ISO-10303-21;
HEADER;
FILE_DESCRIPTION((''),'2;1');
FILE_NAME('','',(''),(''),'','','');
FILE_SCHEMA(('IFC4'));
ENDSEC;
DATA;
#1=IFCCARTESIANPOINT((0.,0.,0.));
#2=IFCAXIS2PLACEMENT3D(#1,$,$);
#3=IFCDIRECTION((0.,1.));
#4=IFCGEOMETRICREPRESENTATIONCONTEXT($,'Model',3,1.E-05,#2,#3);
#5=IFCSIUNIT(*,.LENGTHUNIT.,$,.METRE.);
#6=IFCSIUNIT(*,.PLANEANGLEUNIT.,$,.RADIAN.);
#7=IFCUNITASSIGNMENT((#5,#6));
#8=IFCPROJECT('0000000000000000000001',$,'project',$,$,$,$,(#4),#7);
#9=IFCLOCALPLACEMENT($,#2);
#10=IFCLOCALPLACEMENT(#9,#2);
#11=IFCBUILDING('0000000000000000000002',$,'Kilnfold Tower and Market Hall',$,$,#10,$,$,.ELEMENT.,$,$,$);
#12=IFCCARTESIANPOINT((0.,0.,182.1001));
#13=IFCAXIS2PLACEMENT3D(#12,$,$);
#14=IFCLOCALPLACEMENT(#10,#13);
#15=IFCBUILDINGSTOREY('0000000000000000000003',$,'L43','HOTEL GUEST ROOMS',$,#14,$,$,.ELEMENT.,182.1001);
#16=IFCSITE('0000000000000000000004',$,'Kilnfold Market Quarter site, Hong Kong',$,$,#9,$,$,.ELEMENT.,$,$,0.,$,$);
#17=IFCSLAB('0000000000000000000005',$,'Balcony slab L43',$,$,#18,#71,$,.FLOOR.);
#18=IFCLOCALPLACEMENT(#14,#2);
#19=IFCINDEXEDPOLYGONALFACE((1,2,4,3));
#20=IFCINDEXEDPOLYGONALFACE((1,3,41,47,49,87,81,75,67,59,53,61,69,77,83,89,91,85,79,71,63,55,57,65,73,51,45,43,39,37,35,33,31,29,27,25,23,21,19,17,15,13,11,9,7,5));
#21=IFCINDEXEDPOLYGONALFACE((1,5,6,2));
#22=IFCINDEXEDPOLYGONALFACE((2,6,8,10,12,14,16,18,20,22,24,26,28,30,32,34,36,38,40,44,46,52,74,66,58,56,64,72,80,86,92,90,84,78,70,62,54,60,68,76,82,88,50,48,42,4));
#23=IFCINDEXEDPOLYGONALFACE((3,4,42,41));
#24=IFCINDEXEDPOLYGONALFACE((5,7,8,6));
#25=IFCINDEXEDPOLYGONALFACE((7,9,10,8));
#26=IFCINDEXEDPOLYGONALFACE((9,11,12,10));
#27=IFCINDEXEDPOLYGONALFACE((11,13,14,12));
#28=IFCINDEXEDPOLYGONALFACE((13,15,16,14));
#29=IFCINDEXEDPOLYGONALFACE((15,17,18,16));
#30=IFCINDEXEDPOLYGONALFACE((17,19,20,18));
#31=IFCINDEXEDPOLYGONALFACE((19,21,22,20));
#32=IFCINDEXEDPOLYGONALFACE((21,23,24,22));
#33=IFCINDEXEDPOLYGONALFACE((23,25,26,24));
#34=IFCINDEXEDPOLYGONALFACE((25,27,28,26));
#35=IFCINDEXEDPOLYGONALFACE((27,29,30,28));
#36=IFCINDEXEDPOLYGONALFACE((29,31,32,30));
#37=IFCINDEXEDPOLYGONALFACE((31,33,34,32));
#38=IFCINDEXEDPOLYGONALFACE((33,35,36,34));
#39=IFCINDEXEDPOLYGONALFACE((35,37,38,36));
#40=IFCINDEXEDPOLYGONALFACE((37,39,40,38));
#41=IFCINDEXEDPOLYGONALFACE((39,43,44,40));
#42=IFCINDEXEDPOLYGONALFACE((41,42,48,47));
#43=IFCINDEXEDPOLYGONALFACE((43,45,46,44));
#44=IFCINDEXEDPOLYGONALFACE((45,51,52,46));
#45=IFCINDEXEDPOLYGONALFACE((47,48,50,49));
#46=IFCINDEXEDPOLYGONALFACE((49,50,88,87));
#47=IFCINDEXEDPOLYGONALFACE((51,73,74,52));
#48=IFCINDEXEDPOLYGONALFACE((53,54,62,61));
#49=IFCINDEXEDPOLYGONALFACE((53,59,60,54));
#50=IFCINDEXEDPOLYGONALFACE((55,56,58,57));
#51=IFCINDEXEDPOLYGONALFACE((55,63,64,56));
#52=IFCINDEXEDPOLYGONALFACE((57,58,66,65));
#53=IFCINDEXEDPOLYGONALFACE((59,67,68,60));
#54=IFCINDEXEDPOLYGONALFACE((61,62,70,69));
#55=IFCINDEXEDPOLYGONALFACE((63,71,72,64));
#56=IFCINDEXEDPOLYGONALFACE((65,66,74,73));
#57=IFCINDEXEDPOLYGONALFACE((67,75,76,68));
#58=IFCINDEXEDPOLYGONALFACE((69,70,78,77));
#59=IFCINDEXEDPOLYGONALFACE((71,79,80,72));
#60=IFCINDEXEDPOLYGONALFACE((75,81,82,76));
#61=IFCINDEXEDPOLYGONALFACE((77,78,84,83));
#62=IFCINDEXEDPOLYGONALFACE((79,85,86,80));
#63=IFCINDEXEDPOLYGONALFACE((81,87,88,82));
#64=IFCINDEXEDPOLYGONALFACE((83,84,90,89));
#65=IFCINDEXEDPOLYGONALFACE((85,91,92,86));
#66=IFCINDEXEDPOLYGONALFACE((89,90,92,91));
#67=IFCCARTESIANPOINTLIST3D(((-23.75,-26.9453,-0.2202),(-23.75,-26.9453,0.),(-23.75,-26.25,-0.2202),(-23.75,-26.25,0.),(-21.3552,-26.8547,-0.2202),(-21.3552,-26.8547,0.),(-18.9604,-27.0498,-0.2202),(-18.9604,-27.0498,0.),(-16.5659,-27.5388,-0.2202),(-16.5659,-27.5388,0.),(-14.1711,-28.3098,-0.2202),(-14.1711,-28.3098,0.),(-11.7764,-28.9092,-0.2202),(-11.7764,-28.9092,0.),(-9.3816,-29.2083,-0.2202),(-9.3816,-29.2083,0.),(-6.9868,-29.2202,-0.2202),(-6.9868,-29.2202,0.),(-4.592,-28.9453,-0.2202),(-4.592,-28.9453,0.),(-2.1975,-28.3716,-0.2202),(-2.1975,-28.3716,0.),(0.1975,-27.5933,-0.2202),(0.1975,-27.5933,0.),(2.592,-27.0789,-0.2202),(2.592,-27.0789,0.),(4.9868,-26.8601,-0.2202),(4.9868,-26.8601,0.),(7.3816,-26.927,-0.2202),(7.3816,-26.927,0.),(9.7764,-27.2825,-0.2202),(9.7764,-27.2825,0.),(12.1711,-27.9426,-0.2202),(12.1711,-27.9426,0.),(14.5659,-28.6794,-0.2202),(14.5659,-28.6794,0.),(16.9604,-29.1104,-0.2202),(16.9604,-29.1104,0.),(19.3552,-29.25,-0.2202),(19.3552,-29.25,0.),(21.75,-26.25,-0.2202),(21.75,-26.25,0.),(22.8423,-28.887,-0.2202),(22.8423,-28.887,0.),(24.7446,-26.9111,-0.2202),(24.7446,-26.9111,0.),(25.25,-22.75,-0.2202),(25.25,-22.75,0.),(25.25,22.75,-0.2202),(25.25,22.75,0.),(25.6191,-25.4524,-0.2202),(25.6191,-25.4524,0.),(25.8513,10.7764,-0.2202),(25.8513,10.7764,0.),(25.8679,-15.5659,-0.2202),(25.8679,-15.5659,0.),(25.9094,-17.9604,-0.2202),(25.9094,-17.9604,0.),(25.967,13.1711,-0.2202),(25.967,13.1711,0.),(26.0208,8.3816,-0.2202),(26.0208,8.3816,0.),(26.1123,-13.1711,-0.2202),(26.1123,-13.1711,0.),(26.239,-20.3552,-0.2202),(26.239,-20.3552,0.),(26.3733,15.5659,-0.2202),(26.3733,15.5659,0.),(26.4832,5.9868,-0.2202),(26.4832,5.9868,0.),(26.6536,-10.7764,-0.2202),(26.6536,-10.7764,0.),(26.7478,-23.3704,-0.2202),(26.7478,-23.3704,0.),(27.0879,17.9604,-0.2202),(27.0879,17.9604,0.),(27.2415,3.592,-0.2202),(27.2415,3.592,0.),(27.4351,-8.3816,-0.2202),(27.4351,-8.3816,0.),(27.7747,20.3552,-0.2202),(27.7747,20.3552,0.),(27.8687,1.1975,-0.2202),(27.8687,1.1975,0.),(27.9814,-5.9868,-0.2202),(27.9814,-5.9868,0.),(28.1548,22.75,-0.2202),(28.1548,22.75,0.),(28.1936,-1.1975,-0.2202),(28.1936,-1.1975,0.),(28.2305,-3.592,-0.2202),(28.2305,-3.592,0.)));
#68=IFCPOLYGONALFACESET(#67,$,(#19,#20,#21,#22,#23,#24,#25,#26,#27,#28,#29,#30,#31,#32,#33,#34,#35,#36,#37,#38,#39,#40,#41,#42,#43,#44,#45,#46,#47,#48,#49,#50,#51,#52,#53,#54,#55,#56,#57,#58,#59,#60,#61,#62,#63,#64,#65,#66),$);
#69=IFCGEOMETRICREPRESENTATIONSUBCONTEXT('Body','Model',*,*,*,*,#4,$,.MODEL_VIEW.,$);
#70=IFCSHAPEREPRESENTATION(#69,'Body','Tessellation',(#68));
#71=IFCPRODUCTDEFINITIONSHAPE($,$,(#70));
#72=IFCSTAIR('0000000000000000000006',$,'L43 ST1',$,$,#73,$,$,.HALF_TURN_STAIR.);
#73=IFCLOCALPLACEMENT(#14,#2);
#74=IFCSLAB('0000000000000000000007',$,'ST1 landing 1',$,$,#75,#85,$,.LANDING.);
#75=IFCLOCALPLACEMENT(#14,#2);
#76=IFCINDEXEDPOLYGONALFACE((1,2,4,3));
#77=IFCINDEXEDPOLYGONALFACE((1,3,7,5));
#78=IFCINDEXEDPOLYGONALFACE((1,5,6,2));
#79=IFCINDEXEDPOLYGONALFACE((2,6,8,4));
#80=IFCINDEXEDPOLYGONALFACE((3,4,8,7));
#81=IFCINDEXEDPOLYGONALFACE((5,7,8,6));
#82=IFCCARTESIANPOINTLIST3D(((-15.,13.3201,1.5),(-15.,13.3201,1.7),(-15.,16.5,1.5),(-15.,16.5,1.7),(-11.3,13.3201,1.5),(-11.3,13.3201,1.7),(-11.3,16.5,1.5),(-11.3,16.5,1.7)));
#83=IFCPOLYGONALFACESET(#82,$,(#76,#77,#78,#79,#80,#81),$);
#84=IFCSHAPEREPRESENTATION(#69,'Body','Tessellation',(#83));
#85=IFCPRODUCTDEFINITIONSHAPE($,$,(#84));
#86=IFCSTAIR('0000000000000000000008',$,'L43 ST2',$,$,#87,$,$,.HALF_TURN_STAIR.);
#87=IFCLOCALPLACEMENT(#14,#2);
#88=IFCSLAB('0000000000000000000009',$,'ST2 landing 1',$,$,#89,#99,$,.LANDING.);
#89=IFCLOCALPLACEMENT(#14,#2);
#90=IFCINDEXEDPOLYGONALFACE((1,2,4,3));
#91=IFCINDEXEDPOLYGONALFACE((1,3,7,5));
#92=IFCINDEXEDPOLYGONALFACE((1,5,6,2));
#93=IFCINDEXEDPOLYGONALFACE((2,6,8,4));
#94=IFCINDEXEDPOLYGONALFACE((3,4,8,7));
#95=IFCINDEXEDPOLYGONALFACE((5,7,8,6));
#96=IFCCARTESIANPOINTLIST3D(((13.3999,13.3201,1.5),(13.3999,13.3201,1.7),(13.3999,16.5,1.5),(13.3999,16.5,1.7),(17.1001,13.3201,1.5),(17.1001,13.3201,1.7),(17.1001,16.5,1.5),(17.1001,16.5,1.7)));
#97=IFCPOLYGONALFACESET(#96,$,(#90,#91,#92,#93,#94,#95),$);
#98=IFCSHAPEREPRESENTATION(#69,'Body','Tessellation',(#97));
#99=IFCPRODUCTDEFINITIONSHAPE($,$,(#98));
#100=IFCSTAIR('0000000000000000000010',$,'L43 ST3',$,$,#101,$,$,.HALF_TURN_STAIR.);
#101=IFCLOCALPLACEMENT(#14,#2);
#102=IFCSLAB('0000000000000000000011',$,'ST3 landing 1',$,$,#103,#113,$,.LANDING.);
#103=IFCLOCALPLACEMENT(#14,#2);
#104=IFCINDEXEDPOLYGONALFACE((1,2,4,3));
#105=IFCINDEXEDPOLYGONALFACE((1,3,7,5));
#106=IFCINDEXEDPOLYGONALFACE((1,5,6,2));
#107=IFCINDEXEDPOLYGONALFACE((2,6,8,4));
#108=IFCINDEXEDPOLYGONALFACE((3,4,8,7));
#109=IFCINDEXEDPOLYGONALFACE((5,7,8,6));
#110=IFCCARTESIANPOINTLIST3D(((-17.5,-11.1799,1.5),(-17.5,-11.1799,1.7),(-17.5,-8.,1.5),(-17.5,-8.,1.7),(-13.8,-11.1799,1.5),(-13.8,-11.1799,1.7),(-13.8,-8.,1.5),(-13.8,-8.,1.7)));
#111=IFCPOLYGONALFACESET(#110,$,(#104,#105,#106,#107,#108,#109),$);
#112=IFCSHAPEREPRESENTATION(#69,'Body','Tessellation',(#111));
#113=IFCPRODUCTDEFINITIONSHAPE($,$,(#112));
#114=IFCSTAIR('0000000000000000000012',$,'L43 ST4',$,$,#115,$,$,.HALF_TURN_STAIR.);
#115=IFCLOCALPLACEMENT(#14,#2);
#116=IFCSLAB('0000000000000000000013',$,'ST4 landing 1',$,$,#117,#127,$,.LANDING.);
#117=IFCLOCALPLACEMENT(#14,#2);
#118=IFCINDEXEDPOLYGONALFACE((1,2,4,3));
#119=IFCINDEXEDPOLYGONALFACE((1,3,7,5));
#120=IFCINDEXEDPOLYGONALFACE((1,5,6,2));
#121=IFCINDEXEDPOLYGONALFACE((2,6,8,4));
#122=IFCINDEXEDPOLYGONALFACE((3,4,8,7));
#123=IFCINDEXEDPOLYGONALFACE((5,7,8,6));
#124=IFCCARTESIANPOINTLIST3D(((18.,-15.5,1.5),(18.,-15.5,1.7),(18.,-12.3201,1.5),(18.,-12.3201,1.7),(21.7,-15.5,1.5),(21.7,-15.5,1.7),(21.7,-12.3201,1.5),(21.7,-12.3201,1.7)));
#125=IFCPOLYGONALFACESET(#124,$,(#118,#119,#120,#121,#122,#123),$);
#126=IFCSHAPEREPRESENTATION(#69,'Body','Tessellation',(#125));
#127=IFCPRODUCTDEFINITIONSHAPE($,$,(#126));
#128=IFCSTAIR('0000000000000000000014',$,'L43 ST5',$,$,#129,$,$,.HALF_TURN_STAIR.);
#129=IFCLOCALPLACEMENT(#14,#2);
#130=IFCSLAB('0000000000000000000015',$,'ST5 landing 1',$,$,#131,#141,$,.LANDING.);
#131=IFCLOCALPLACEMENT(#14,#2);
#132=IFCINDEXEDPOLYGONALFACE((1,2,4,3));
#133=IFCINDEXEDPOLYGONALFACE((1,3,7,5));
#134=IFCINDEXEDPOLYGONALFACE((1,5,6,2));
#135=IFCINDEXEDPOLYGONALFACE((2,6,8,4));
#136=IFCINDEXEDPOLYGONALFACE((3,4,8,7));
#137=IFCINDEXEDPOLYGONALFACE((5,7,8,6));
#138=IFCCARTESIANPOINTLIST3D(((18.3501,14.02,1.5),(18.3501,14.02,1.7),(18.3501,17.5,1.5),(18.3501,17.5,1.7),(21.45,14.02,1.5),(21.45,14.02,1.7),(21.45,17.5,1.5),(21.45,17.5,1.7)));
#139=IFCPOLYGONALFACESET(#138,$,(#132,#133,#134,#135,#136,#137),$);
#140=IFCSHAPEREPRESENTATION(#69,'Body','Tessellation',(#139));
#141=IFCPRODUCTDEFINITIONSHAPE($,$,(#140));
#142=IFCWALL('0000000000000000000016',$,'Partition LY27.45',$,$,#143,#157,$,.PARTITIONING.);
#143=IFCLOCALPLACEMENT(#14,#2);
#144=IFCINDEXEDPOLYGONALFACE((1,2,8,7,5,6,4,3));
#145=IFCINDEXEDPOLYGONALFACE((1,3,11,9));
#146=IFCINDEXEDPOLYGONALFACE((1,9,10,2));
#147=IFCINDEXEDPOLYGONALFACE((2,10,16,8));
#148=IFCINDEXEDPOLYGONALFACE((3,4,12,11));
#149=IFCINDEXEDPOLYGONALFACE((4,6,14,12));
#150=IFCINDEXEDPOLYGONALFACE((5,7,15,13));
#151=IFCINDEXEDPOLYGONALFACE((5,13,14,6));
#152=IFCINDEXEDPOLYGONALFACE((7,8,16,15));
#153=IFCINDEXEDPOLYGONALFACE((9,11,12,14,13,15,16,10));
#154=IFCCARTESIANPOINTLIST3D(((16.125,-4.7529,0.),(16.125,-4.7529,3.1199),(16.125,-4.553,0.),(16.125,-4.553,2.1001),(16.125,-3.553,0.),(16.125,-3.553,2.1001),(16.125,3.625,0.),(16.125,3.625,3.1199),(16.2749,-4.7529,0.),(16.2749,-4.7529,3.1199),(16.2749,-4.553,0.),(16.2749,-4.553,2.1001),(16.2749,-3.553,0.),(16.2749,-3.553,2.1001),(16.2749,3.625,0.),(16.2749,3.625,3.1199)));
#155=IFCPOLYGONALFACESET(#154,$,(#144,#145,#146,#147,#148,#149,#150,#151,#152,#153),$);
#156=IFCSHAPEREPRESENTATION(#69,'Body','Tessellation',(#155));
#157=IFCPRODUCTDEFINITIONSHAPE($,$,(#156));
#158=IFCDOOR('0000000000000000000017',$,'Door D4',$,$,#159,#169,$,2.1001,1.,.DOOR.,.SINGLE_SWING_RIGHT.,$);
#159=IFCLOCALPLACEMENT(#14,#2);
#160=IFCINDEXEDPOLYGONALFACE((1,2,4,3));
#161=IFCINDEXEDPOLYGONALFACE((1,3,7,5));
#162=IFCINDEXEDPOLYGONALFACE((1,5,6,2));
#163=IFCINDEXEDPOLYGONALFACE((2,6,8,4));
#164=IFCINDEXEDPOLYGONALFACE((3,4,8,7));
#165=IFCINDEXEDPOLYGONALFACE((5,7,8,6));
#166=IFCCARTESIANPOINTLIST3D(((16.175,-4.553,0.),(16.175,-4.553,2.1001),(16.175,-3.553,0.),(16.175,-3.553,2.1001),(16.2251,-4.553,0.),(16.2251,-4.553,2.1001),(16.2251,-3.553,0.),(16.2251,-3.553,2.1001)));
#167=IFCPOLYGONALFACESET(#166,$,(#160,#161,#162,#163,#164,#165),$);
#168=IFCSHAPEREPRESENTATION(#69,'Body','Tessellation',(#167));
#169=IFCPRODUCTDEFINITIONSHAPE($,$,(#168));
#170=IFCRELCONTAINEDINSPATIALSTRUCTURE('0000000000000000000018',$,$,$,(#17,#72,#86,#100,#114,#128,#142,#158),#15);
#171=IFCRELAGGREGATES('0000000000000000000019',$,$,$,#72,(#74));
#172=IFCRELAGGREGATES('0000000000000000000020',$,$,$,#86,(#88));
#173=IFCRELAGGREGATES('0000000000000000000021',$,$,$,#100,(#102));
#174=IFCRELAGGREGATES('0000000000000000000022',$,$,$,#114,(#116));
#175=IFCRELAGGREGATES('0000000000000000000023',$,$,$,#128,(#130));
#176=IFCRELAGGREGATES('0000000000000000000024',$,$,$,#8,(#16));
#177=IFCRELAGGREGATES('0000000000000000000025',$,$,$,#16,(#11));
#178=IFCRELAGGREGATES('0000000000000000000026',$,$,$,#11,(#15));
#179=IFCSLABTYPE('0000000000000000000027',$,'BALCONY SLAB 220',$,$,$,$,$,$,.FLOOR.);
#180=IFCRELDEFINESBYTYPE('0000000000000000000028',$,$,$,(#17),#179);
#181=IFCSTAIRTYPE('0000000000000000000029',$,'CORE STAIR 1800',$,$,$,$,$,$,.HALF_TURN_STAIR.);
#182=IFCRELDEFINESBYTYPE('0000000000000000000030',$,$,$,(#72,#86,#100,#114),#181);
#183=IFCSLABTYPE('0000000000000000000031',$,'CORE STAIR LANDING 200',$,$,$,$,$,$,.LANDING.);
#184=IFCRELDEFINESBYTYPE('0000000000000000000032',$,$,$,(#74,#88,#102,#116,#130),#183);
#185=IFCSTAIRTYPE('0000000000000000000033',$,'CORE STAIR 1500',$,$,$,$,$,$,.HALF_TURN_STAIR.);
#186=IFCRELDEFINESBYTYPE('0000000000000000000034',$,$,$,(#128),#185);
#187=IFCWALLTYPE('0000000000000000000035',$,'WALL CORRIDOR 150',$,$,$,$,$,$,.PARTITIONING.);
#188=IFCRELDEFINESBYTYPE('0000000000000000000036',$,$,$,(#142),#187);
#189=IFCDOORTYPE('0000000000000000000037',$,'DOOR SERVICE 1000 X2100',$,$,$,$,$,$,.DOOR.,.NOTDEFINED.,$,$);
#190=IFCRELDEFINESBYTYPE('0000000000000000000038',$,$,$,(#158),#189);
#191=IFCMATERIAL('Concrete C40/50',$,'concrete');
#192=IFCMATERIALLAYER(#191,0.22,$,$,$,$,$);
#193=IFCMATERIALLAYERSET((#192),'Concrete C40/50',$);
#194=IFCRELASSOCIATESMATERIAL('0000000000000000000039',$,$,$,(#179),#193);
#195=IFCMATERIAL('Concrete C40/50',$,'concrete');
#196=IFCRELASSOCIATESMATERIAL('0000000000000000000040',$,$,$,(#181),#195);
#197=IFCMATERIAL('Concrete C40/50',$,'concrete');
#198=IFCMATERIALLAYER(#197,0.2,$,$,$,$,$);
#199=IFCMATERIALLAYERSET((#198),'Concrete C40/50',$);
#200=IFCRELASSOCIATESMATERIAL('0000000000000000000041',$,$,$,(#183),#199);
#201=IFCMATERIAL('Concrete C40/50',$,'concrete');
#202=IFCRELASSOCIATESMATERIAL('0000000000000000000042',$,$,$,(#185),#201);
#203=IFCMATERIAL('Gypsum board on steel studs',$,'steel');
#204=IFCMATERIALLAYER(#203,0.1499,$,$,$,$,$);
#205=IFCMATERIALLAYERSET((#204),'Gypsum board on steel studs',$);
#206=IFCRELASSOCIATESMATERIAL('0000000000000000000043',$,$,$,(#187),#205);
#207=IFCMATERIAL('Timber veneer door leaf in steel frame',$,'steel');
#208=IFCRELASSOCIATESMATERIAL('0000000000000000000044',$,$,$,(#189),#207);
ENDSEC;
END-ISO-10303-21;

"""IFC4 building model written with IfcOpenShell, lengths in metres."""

from ifc_helpers import new_model, si_unit, direction, frame, frame_2d, origin, place, context, subcontext, project, spatial, polyline, rectangle, outline, extrude, source, transform, mapped, material, layer, layer_set, type_object, element, fill, aggregate, save


model = new_model("IFC4")

# Units and contexts
model_context = context("Model", 3, precision=1e-05, world=origin(), true_north=direction((0.0, 1.0)))
body_context = subcontext(model_context, "Body", "Model", "MODEL_VIEW")
ifc_project = project(units=[si_unit("LENGTHUNIT", "METRE"), si_unit("PLANEANGLEUNIT", "RADIAN")], contexts=[model_context])

# Site, building, storey
site_placement = place(None, origin())
site = spatial("IfcSite", under=ifc_project, at=site_placement, Name="Kilnfold Market Quarter site, Hong Kong", CompositionType="ELEMENT", RefElevation=0.0)
building_placement = place(site_placement, origin())
building = spatial("IfcBuilding", under=site, at=building_placement, Name="Kilnfold Tower and Market Hall", CompositionType="ELEMENT")
storey_placement = place(building_placement, frame((0.0, 0.0, 182.1001)))
storey = spatial("IfcBuildingStorey", under=building, at=storey_placement, Name="L43", Description="HOTEL GUEST ROOMS", CompositionType="ELEMENT", Elevation=182.1001)

# Slab
ifc_material_1 = material(Name="Concrete C40/50", Category="concrete")
ifc_layer_1 = layer(ifc_material_1, 0.22)
ifc_layer_set_1 = layer_set([ifc_layer_1], Name="Concrete C40/50")
slab_type_1 = type_object("IfcSlabType", Name="BALCONY SLAB 220", PredefinedType="FLOOR", material=ifc_layer_set_1)
shared_shape_1 = source(origin(), body_context, "Body", "SweptSolid", [
    extrude(outline(polyline([(-23.75, -26.25), (21.75, -26.25), (25.25, -22.75), (25.25, 22.75), (28.1548, 22.75), (27.7747, 20.3552), (27.0879, 17.9604), (26.3733, 15.5659), (25.967, 13.1711), (25.8513, 10.7764), (26.0208, 8.3816), (26.4832, 5.9868), (27.2415, 3.592), (27.8687, 1.1975), (28.1936, -1.1975), (28.2305, -3.592), (27.9814, -5.9868), (27.4351, -8.3816), (26.6536, -10.7764), (26.1123, -13.1711), (25.8679, -15.5659), (25.9094, -17.9604), (26.239, -20.3552), (26.7478, -23.3704), (25.6191, -25.4524), (24.7446, -26.9111), (22.8423, -28.887), (19.3552, -29.25), (16.9604, -29.1104), (14.5659, -28.6794), (12.1711, -27.9426), (9.7764, -27.2825), (7.3816, -26.927), (4.9868, -26.8601), (2.592, -27.0789), (0.1975, -27.5933), (-2.1975, -28.3716), (-4.592, -28.9453), (-6.9868, -29.2202), (-9.3816, -29.2083), (-11.7764, -28.9092), (-14.1711, -28.3098), (-16.5659, -27.5388), (-18.9604, -27.0498), (-21.3552, -26.8547), (-23.75, -26.9453), (-23.75, -26.25)])), origin(), (0.0, 0.0, 1.0), 0.2202),
])
slab_1_placement = place(storey_placement, frame((0.0, 0.0, -0.2202)))
element("IfcSlab", 1, at=slab_1_placement, inside=storey, type_object=slab_type_1, Name="Balcony slab L43", PredefinedType="FLOOR", context=body_context, shape_type="MappedRepresentation", body=[
    mapped(shared_shape_1, transform((0.0, 0.0, 0.0))),
])

# Stairs, slabs
ifc_material_2 = material(Name="Concrete C40/50", Category="concrete")
stair_type_1 = type_object("IfcStairType", Name="CORE STAIR 1800", PredefinedType="HALF_TURN_STAIR", material=ifc_material_2)
stair_1_placement = place(storey_placement, origin())
stair_1 = element("IfcStair", 2, at=stair_1_placement, inside=storey, type_object=stair_type_1, Name="L43 ST1", PredefinedType="HALF_TURN_STAIR")
ifc_material_3 = material(Name="Concrete C40/50", Category="concrete")
ifc_layer_2 = layer(ifc_material_3, 0.2)
ifc_layer_set_2 = layer_set([ifc_layer_2], Name="Concrete C40/50")
slab_type_2 = type_object("IfcSlabType", Name="CORE STAIR LANDING 200", PredefinedType="LANDING", material=ifc_layer_set_2)
shared_shape_2 = source(origin(), body_context, "Body", "SweptSolid", [
    extrude(outline(polyline([(-11.3, 13.3201), (-11.3, 16.5), (-15.0, 16.5), (-15.0, 13.3201), (-11.3, 13.3201)])), origin(), (0.0, 0.0, 1.0), 0.2),
])
slab_2_placement = place(storey_placement, frame((0.0, 0.0, 1.5)))
slab_2 = element("IfcSlab", 3, at=slab_2_placement, type_object=slab_type_2, Name="ST1 landing 1", PredefinedType="LANDING", context=body_context, shape_type="MappedRepresentation", body=[
    mapped(shared_shape_2, transform((0.0, 0.0, 0.0))),
])
aggregate(stair_1, [slab_2])
stair_2_placement = place(storey_placement, origin())
stair_2 = element("IfcStair", 4, at=stair_2_placement, inside=storey, type_object=stair_type_1, Name="L43 ST2", PredefinedType="HALF_TURN_STAIR")
shared_shape_3 = source(origin(), body_context, "Body", "SweptSolid", [
    extrude(outline(polyline([(17.1001, 13.3201), (17.1001, 16.5), (13.3999, 16.5), (13.3999, 13.3201), (17.1001, 13.3201)])), origin(), (0.0, 0.0, 1.0), 0.2),
])
slab_3_placement = place(storey_placement, frame((0.0, 0.0, 1.5)))
slab_3 = element("IfcSlab", 5, at=slab_3_placement, type_object=slab_type_2, Name="ST2 landing 1", PredefinedType="LANDING", context=body_context, shape_type="MappedRepresentation", body=[
    mapped(shared_shape_3, transform((0.0, 0.0, 0.0))),
])
aggregate(stair_2, [slab_3])
stair_3_placement = place(storey_placement, origin())
stair_3 = element("IfcStair", 6, at=stair_3_placement, inside=storey, type_object=stair_type_1, Name="L43 ST3", PredefinedType="HALF_TURN_STAIR")
shared_shape_4 = source(origin(), body_context, "Body", "SweptSolid", [
    extrude(outline(polyline([(-13.8, -11.1799), (-13.8, -8.0), (-17.5, -8.0), (-17.5, -11.1799), (-13.8, -11.1799)])), origin(), (0.0, 0.0, 1.0), 0.2),
])
slab_4_placement = place(storey_placement, frame((0.0, 0.0, 1.5)))
slab_4 = element("IfcSlab", 7, at=slab_4_placement, type_object=slab_type_2, Name="ST3 landing 1", PredefinedType="LANDING", context=body_context, shape_type="MappedRepresentation", body=[
    mapped(shared_shape_4, transform((0.0, 0.0, 0.0))),
])
aggregate(stair_3, [slab_4])
stair_4_placement = place(storey_placement, origin())
stair_4 = element("IfcStair", 8, at=stair_4_placement, inside=storey, type_object=stair_type_1, Name="L43 ST4", PredefinedType="HALF_TURN_STAIR")
shared_shape_5 = source(origin(), body_context, "Body", "SweptSolid", [
    extrude(outline(polyline([(18.0, -12.3201), (18.0, -15.5), (21.7, -15.5), (21.7, -12.3201), (18.0, -12.3201)])), origin(), (0.0, 0.0, 1.0), 0.2),
])
slab_5_placement = place(storey_placement, frame((0.0, 0.0, 1.5)))
slab_5 = element("IfcSlab", 9, at=slab_5_placement, type_object=slab_type_2, Name="ST4 landing 1", PredefinedType="LANDING", context=body_context, shape_type="MappedRepresentation", body=[
    mapped(shared_shape_5, transform((0.0, 0.0, 0.0))),
])
aggregate(stair_4, [slab_5])
ifc_material_4 = material(Name="Concrete C40/50", Category="concrete")
stair_type_2 = type_object("IfcStairType", Name="CORE STAIR 1500", PredefinedType="HALF_TURN_STAIR", material=ifc_material_4)
stair_5_placement = place(storey_placement, origin())
stair_5 = element("IfcStair", 10, at=stair_5_placement, inside=storey, type_object=stair_type_2, Name="L43 ST5", PredefinedType="HALF_TURN_STAIR")
shared_shape_6 = source(origin(), body_context, "Body", "SweptSolid", [
    extrude(outline(polyline([(21.45, 14.02), (21.45, 17.5), (18.3501, 17.5), (18.3501, 14.02), (21.45, 14.02)])), origin(), (0.0, 0.0, 1.0), 0.2),
])
slab_6_placement = place(storey_placement, frame((0.0, 0.0, 1.5)))
slab_6 = element("IfcSlab", 11, at=slab_6_placement, type_object=slab_type_2, Name="ST5 landing 1", PredefinedType="LANDING", context=body_context, shape_type="MappedRepresentation", body=[
    mapped(shared_shape_6, transform((0.0, 0.0, 0.0))),
])
aggregate(stair_5, [slab_6])

# Wall, opening, door
ifc_material_5 = material(Name="Gypsum board on steel studs", Category="steel")
ifc_layer_3 = layer(ifc_material_5, 0.1499)
ifc_layer_set_3 = layer_set([ifc_layer_3], Name="Gypsum board on steel studs")
wall_type_1 = type_object("IfcWallType", Name="WALL CORRIDOR 150", PredefinedType="PARTITIONING", material=ifc_layer_set_3)
wall_1_placement = place(storey_placement, frame((16.2, -4.7529, 0.0), z_axis=(0.0, 0.0, 1.0), x_axis=(0.0, 1.0, 0.0)))
wall_1 = element("IfcWall", 12, at=wall_1_placement, inside=storey, type_object=wall_type_1, Name="Partition LY27.45", PredefinedType="PARTITIONING", context=body_context, shape_type="SweptSolid", body=[
    extrude(rectangle(XDim=8.3779, YDim=0.1499, at=frame_2d((4.189, 0.0))), origin(), (0.0, 0.0, 1.0), 3.1199),
])
opening_1_placement = place(wall_1_placement, frame((0.2, 0.0, 0.0)))
opening_1 = element("IfcOpeningElement", 13, at=opening_1_placement, cuts=wall_1, PredefinedType="OPENING", context=body_context, shape_type="SweptSolid", body=[
    extrude(rectangle(XDim=1.0, YDim=2.1001, at=frame_2d((0.5, 1.05))), frame((0.0, 0.085, 0.0), z_axis=(0.0, -1.0, 0.0), x_axis=(1.0, 0.0, 0.0)), (0.0, 0.0, 1.0), 0.1699),
])
ifc_material_6 = material(Name="Timber veneer door leaf in steel frame", Category="steel")
door_type_1 = type_object("IfcDoorType", Name="DOOR SERVICE 1000 X2100", OperationType="NOTDEFINED", PredefinedType="DOOR", material=ifc_material_6)
door_1_placement = place(opening_1_placement, origin())
door_1 = element("IfcDoor", 14, at=door_1_placement, inside=storey, type_object=door_type_1, Name="Door D4", OperationType="SINGLE_SWING_RIGHT", OverallHeight=2.1001, OverallWidth=1.0, PredefinedType="DOOR", context=body_context, shape_type="SweptSolid", body=[
    extrude(rectangle(XDim=1.0, YDim=2.1001, at=frame_2d((0.5, 1.05))), frame((0.0, 0.0249, 0.0), z_axis=(0.0, -1.0, 0.0), x_axis=(1.0, 0.0, 0.0)), (0.0, 0.0, 1.0), 0.05),
])
fill(opening_1, door_1)

save(model, "model.ifc")
